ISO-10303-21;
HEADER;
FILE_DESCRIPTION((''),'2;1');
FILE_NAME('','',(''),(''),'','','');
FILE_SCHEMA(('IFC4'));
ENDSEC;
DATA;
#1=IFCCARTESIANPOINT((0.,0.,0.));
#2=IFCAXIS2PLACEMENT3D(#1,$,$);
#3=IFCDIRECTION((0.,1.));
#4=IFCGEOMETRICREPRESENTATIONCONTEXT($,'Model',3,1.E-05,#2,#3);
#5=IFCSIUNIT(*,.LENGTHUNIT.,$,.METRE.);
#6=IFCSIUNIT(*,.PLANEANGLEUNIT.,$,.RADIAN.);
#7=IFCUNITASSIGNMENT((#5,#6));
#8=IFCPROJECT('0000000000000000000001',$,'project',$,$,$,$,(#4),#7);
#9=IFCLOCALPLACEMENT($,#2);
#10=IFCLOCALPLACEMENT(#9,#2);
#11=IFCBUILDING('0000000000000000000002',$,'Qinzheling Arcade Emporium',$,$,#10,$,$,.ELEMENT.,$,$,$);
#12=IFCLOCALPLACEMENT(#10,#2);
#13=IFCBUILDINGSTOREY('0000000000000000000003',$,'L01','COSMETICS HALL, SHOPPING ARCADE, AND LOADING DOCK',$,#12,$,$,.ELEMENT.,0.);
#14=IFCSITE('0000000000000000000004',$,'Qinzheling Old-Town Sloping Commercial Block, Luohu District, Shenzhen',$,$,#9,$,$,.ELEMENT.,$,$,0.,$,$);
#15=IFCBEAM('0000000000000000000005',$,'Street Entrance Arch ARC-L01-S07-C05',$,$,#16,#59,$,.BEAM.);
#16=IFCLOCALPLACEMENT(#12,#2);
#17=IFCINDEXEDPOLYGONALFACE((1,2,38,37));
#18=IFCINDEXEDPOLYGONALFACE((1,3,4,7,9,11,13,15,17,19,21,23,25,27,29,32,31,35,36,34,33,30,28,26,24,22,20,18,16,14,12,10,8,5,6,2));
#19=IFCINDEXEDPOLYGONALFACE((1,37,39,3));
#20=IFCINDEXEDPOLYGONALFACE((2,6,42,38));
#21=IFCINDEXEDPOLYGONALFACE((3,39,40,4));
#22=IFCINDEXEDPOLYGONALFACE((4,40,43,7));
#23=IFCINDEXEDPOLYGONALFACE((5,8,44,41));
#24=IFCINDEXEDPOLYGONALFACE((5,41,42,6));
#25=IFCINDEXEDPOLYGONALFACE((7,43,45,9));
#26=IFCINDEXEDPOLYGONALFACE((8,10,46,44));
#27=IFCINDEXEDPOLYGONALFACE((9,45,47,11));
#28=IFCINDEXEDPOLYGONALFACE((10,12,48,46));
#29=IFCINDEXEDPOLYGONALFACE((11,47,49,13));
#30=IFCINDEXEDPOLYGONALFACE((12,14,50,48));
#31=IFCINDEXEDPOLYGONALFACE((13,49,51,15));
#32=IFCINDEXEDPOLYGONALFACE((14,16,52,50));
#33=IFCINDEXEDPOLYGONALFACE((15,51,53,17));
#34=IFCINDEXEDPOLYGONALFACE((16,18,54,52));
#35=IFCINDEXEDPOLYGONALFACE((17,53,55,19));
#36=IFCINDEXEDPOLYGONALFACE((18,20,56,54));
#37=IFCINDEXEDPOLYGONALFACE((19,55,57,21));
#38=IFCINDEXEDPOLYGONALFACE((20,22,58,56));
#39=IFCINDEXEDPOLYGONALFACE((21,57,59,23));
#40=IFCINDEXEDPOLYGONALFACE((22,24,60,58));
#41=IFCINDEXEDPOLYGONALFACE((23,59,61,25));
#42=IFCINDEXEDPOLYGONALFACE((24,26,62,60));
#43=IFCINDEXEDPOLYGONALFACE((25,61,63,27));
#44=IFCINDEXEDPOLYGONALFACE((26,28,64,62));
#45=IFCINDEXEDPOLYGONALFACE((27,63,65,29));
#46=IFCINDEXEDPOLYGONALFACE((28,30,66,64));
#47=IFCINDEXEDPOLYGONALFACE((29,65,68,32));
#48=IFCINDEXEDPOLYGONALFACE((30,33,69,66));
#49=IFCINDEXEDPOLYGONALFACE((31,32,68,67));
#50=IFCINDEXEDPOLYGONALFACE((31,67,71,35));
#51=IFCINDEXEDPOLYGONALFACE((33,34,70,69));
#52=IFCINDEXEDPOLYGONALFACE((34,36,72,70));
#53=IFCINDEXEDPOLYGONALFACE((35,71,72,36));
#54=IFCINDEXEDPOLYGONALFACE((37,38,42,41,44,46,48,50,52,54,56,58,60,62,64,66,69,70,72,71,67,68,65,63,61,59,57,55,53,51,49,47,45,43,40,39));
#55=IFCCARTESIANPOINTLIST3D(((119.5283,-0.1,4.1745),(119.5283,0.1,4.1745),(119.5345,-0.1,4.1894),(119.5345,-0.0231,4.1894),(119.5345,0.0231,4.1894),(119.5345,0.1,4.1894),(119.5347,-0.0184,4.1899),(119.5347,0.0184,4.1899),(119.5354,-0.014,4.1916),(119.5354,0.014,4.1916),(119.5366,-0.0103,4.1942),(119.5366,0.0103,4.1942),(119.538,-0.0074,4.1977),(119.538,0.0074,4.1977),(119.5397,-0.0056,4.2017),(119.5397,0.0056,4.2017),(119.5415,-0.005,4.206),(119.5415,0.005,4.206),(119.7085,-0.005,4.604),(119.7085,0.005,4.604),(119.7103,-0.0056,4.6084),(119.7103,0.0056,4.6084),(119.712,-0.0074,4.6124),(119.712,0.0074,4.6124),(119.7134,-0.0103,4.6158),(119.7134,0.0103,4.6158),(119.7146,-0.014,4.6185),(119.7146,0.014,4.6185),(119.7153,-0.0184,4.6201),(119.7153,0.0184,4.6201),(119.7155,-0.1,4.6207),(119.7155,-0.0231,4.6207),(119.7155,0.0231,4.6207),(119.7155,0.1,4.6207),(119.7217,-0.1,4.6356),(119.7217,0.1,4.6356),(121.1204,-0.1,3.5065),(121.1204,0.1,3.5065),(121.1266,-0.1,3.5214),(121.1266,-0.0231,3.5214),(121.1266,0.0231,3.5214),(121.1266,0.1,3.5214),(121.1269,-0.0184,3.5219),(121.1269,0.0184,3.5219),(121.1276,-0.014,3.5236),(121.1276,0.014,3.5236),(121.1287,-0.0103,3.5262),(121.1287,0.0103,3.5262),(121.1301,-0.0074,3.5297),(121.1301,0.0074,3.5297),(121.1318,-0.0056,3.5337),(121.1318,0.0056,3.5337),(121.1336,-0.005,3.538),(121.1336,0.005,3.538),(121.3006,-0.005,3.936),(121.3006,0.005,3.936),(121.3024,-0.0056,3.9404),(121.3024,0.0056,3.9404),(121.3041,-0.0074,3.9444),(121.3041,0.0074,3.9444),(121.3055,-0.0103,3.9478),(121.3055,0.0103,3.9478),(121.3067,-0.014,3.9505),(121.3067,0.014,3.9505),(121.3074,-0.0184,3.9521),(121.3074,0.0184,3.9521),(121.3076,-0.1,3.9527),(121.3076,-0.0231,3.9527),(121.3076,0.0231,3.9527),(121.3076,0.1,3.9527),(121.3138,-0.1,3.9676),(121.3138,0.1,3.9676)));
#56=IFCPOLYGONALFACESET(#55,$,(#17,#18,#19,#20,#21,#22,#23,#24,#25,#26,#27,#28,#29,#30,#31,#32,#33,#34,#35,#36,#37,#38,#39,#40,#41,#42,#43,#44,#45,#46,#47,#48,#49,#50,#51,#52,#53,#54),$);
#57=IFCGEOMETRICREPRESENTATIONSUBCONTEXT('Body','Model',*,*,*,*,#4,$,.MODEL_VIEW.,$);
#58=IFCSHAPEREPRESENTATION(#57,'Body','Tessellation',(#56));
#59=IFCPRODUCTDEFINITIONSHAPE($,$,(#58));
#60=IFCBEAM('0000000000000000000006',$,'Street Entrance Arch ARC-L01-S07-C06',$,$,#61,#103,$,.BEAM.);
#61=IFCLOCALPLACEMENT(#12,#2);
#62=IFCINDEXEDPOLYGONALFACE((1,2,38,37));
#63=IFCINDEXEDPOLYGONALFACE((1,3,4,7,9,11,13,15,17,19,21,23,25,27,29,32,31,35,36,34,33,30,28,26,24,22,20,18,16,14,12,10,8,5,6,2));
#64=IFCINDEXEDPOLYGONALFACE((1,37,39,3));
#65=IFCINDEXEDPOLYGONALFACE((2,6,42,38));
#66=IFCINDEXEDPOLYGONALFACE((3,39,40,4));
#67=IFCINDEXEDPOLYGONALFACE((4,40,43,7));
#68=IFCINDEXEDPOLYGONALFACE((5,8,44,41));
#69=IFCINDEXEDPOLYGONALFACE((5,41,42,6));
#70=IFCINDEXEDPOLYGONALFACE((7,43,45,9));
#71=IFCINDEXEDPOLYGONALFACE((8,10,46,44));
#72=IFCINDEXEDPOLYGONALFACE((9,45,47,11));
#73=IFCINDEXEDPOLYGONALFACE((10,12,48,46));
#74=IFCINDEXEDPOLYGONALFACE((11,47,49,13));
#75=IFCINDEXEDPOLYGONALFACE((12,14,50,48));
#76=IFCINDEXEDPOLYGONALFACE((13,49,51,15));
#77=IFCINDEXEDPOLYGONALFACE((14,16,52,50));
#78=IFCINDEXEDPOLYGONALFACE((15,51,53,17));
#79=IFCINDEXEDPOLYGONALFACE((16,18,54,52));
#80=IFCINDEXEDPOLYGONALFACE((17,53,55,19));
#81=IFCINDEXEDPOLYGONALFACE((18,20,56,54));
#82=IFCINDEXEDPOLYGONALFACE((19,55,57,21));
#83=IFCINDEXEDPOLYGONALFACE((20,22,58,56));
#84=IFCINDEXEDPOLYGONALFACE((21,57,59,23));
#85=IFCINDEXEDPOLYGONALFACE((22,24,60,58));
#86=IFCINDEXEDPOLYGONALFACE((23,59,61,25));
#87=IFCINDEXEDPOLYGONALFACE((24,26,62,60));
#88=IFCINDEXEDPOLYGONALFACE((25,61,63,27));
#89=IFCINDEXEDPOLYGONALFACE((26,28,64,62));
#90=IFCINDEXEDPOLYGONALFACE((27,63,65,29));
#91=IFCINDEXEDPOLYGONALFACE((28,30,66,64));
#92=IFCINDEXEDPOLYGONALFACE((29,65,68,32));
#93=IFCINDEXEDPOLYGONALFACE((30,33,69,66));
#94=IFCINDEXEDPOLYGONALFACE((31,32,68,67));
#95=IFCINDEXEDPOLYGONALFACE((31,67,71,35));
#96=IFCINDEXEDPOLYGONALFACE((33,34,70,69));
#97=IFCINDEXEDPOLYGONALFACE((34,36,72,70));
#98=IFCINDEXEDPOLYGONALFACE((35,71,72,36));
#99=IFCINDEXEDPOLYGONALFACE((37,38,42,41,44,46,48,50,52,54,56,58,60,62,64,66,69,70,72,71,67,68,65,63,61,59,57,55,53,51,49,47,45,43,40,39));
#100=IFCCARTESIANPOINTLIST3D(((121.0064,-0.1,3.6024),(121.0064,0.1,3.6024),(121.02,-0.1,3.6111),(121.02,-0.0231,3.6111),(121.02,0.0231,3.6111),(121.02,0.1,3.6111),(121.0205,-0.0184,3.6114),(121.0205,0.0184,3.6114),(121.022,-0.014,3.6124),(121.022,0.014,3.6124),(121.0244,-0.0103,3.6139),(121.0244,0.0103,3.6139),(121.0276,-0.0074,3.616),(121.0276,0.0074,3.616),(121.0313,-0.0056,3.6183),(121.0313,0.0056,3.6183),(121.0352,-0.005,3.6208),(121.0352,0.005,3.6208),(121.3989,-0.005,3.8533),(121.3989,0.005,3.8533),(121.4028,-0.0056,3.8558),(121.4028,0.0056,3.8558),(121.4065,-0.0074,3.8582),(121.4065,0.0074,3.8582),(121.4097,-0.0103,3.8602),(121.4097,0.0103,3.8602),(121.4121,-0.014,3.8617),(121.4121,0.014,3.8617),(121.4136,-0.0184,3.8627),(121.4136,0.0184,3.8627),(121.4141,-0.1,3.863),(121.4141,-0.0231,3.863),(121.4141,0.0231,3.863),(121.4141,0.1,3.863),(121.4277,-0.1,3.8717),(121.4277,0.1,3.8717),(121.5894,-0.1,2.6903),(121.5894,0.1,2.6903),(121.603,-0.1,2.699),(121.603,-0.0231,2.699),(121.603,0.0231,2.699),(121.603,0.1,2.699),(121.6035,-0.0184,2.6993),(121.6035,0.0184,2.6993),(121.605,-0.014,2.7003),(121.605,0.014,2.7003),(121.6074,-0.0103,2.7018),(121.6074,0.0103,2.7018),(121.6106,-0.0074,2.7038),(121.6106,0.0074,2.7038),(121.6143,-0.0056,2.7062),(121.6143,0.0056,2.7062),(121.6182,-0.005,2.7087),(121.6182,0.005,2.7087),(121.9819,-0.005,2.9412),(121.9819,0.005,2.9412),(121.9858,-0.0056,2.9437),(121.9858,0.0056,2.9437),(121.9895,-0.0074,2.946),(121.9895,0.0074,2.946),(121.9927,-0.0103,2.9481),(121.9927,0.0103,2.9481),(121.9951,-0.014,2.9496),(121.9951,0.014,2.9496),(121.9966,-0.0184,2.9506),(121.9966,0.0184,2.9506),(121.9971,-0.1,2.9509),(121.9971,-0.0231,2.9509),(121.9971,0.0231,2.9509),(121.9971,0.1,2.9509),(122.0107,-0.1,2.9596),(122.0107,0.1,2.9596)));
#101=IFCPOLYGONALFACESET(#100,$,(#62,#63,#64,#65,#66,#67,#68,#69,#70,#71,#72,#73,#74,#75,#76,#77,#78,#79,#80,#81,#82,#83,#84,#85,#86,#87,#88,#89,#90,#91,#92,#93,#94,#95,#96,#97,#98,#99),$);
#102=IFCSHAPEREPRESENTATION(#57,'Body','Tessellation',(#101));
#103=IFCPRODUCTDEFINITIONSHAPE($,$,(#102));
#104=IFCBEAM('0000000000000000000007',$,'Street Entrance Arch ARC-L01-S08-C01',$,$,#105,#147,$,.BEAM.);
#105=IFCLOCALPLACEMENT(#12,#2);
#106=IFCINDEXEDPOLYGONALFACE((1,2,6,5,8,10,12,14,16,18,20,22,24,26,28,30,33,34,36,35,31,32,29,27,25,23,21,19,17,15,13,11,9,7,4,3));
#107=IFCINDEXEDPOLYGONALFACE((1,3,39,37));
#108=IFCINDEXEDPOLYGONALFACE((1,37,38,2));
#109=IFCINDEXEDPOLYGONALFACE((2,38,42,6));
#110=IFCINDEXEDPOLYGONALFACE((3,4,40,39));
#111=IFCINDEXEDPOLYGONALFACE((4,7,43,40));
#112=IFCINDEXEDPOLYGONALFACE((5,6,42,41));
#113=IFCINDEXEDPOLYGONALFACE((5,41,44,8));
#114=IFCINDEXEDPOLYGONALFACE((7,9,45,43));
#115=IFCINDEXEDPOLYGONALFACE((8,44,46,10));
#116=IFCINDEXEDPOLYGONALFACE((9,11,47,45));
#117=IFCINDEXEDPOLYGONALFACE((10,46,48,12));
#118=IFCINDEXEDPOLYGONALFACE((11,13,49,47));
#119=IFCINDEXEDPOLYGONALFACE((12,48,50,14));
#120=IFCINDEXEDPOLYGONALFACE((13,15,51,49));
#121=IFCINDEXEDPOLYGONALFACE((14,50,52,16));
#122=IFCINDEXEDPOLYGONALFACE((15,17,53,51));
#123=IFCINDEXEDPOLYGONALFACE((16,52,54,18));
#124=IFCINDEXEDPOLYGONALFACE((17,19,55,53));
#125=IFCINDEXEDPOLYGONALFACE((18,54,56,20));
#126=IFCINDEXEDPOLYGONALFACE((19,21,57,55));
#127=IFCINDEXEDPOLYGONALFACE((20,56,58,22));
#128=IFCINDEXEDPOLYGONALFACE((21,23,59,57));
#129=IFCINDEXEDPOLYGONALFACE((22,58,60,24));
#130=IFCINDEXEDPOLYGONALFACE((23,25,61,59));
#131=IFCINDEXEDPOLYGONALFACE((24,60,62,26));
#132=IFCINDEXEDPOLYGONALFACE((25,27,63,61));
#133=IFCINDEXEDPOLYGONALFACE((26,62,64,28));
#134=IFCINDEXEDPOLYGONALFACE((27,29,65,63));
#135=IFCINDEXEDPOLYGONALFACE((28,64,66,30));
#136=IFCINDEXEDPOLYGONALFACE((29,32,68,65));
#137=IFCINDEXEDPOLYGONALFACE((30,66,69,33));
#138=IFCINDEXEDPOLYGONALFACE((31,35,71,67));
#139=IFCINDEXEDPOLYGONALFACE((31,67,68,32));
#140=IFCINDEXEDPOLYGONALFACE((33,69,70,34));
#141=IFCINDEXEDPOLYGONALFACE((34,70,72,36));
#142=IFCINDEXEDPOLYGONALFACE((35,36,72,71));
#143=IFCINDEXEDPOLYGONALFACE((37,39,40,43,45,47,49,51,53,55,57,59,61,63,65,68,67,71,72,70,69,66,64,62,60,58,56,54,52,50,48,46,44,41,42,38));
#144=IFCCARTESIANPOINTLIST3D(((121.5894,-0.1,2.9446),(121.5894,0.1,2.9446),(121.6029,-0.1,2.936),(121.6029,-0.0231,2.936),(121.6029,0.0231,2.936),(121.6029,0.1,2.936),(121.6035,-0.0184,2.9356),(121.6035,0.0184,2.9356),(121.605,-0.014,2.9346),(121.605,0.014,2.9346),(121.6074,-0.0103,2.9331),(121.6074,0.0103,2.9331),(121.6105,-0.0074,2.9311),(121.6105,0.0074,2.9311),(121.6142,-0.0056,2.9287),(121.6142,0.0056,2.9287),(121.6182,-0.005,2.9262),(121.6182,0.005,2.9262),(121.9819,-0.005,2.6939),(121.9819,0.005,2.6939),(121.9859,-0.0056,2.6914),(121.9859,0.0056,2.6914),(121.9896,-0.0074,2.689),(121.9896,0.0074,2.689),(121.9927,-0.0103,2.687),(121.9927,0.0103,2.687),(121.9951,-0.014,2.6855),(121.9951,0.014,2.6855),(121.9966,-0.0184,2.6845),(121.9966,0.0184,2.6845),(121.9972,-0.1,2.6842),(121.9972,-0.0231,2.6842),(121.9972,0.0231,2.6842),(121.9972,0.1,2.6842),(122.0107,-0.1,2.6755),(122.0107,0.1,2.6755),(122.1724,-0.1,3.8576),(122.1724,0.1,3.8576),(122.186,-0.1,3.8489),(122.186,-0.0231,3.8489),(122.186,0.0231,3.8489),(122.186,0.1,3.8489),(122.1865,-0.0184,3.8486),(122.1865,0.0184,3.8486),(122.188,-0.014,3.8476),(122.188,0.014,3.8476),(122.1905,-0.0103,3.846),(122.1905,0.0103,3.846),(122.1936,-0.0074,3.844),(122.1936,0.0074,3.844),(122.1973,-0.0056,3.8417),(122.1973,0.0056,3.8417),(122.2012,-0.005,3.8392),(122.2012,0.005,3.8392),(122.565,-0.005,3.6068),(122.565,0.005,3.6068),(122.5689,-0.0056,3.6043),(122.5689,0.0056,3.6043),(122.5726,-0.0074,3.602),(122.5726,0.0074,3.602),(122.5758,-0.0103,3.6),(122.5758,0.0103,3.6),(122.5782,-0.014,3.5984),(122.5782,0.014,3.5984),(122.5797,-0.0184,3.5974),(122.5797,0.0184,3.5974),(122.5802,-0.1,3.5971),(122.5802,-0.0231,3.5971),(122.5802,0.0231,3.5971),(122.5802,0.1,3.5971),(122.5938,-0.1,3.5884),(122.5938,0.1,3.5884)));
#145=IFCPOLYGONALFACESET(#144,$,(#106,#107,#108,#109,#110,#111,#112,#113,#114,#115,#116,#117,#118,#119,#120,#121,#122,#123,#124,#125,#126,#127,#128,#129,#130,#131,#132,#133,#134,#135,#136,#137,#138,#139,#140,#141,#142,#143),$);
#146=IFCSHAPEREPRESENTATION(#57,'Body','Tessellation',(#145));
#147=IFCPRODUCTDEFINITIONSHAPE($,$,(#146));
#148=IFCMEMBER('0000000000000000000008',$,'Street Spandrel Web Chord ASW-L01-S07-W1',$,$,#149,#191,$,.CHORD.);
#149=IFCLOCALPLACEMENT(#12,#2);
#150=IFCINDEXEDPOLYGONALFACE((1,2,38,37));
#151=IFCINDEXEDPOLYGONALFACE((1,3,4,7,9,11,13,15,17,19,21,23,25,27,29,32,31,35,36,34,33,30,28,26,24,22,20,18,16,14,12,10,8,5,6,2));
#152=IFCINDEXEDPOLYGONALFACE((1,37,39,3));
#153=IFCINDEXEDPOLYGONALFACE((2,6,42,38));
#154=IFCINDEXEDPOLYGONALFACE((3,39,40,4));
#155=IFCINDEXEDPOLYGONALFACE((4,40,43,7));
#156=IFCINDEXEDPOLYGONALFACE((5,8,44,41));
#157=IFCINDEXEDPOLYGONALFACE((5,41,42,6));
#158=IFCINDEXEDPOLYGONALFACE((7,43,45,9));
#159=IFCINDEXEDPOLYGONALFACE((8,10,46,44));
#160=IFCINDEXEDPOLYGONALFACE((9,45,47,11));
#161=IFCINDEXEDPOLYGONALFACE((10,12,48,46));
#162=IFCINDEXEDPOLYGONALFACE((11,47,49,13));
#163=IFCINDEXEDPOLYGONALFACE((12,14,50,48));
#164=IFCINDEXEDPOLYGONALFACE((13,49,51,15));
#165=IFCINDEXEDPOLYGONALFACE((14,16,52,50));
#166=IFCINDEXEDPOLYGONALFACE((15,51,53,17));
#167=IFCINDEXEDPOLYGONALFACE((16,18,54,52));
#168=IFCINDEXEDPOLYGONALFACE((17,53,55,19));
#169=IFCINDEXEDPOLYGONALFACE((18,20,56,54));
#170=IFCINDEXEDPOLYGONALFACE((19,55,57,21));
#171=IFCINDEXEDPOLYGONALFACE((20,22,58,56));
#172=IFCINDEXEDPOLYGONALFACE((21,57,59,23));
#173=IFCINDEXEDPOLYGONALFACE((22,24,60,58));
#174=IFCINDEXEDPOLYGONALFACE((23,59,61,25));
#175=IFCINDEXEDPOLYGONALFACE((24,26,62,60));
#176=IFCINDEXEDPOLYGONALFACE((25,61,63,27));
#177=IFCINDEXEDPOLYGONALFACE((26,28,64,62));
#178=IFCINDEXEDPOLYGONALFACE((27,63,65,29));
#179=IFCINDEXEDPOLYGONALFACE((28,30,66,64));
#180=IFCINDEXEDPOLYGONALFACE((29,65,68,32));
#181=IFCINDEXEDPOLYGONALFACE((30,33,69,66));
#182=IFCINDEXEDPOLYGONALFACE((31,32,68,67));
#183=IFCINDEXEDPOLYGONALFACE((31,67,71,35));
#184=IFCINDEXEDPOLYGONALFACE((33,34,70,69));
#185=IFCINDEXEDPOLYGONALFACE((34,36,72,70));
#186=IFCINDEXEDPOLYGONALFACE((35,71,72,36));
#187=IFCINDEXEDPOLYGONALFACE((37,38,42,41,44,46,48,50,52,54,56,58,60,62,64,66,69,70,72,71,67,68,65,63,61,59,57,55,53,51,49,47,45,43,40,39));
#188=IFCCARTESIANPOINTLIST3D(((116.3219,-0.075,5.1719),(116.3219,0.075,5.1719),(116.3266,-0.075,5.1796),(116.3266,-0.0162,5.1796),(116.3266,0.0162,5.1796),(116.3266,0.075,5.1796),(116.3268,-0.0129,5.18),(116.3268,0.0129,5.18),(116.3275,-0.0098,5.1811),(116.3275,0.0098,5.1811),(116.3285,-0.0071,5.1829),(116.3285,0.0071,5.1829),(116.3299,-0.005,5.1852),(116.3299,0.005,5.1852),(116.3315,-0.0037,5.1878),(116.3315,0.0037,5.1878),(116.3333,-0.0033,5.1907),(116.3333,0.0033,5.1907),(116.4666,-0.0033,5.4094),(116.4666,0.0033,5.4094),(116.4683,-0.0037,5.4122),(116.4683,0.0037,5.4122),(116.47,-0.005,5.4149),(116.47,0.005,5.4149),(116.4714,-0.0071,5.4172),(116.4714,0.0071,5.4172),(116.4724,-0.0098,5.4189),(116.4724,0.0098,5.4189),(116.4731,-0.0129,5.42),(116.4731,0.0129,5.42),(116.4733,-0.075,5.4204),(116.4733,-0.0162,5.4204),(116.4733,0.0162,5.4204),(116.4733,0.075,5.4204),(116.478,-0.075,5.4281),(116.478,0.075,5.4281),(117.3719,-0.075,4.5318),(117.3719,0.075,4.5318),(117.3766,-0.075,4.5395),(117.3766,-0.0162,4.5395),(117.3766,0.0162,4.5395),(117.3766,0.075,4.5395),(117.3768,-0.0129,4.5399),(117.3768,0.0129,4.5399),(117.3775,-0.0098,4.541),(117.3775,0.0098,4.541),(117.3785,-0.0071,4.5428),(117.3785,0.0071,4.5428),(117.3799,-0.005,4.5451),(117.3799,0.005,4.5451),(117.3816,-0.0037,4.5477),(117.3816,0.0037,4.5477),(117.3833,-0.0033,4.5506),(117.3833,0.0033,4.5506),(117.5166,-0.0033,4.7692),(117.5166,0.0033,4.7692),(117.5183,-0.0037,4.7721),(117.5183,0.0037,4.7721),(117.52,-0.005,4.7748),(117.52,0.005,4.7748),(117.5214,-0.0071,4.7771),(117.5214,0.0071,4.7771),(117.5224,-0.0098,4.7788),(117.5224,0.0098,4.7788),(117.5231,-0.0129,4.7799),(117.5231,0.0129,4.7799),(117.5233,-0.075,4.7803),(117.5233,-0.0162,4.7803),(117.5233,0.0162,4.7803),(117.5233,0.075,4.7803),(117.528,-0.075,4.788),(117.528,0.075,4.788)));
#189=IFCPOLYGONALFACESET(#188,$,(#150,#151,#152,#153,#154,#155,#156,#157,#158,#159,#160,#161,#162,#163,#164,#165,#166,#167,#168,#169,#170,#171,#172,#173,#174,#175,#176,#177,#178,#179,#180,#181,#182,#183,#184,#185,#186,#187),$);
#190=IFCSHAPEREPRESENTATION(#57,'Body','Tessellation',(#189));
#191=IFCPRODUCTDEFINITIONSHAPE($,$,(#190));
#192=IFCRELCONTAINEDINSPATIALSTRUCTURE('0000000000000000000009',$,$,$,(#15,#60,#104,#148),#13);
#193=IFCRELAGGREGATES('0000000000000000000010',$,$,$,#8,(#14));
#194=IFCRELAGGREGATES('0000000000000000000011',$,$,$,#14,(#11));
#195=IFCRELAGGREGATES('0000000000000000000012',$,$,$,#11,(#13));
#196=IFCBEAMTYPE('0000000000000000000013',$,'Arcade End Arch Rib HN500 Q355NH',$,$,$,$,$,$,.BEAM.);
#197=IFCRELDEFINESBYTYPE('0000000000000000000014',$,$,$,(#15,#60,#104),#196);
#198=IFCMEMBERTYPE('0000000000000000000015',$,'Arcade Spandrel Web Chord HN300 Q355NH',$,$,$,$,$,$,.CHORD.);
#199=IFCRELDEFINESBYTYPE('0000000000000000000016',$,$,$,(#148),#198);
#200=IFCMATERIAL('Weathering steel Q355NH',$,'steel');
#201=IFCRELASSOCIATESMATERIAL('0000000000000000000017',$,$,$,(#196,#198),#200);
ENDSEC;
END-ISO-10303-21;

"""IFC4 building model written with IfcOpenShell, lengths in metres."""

from ifc_helpers import new_model, si_unit, direction, frame, origin, origin_2d, place, context, subcontext, project, spatial, i_section, extrude, material, material_profile, profile_set, type_object, element, save


model = new_model("IFC4")

# Units and contexts
model_context = context("Model", 3, precision=1e-05, world=origin(), true_north=direction((0.0, 1.0)))
body_context = subcontext(model_context, "Body", "Model", "MODEL_VIEW")
ifc_project = project(units=[si_unit("LENGTHUNIT", "METRE"), si_unit("PLANEANGLEUNIT", "RADIAN")], contexts=[model_context])

# Site, building, storey
site_placement = place(None, origin())
site = spatial("IfcSite", under=ifc_project, at=site_placement, Name="Qinzheling Old-Town Sloping Commercial Block, Luohu District, Shenzhen", CompositionType="ELEMENT", RefElevation=0.0)
building_placement = place(site_placement, origin())
building = spatial("IfcBuilding", under=site, at=building_placement, Name="Qinzheling Arcade Emporium", CompositionType="ELEMENT")
storey_placement = place(building_placement, origin())
storey = spatial("IfcBuildingStorey", under=building, at=storey_placement, Name="L01", Description="COSMETICS HALL, SHOPPING ARCADE, AND LOADING DOCK", CompositionType="ELEMENT", Elevation=0.0)

# Beams
ifc_material_1 = material(Name="Weathering steel Q355NH", Category="steel")
ifc_material_profile_1 = material_profile(ifc_material_1, i_section(OverallWidth=0.2, OverallDepth=0.5, WebThickness=0.01, FlangeThickness=0.0161, FilletRadius=0.0181, at=origin_2d()), Name="HN 500x200x10x16", Category="steel")
ifc_profile_set_1 = profile_set([ifc_material_profile_1], Name="Weathering steel Q355NH")
beam_type_1 = type_object("IfcBeamType", Name="Arcade End Arch Rib HN500 Q355NH", PredefinedType="BEAM", material=ifc_profile_set_1)
beam_1_placement = place(storey_placement, frame((119.625, 0.0, 4.405), z_axis=(0.922124, 0.0, -0.386893), x_axis=(0.0, 1.0, 0.0)))
element("IfcBeam", 1, at=beam_1_placement, inside=storey, type_object=beam_type_1, Name="Street Entrance Arch ARC-L01-S07-C05", PredefinedType="BEAM", context=body_context, shape_type="SweptSolid", body=[
    extrude(i_section(OverallWidth=0.2, OverallDepth=0.5, WebThickness=0.01, FlangeThickness=0.0161, FilletRadius=0.0181, at=origin_2d()), origin(), (0.0, 0.0, 1.0), 1.7266),
])
beam_2_placement = place(storey_placement, frame((121.217, 0.0, 3.7371), z_axis=(0.538567, 0.0, -0.842583), x_axis=(0.0, 1.0, 0.0)))
element("IfcBeam", 2, at=beam_2_placement, inside=storey, type_object=beam_type_1, Name="Street Entrance Arch ARC-L01-S07-C06", PredefinedType="BEAM", context=body_context, shape_type="SweptSolid", body=[
    extrude(i_section(OverallWidth=0.2, OverallDepth=0.5, WebThickness=0.01, FlangeThickness=0.0161, FilletRadius=0.0181, at=origin_2d()), origin(), (0.0, 0.0, 1.0), 1.0825),
])
beam_3_placement = place(storey_placement, frame((121.8, 0.0, 2.8101), z_axis=(0.53826, 0.0, 0.842779), x_axis=(0.0, 1.0, 0.0)))
element("IfcBeam", 3, at=beam_3_placement, inside=storey, type_object=beam_type_1, Name="Street Entrance Arch ARC-L01-S08-C01", PredefinedType="BEAM", context=body_context, shape_type="SweptSolid", body=[
    extrude(i_section(OverallWidth=0.2, OverallDepth=0.5, WebThickness=0.01, FlangeThickness=0.0161, FilletRadius=0.0181, at=origin_2d()), origin(), (0.0, 0.0, 1.0), 1.0833),
])

# Member
ifc_material_profile_2 = material_profile(ifc_material_1, i_section(OverallWidth=0.1499, OverallDepth=0.3, WebThickness=0.0066, FlangeThickness=0.009, FilletRadius=0.0129, at=origin_2d()), Name="HN 300x150x6.5x9", Category="steel")
ifc_profile_set_2 = profile_set([ifc_material_profile_2], Name="Weathering steel Q355NH")
member_type = type_object("IfcMemberType", Name="Arcade Spandrel Web Chord HN300 Q355NH", PredefinedType="CHORD", material=ifc_profile_set_2)
for number, where, z_axis, x_axis, name in (
    (4, (117.45, 0.0, 4.6599), (-0.853846, 0.0, 0.520526), (0.0, -1.0, 0.0), "Street Spandrel Web Chord ASW-L01-S07-W1"),
):
    element("IfcMember", number, at=place(storey_placement, frame(where, z_axis=z_axis, x_axis=x_axis)), inside=storey, type_object=member_type, Name=name, PredefinedType="CHORD", context=body_context, shape_type="SweptSolid", body=[
        extrude(i_section(OverallWidth=0.1499, OverallDepth=0.3, WebThickness=0.0066, FlangeThickness=0.009, FilletRadius=0.0129, at=origin_2d()), origin(), (0.0, 0.0, 1.0), 1.2297),
    ])

save(model, "model.ifc")
